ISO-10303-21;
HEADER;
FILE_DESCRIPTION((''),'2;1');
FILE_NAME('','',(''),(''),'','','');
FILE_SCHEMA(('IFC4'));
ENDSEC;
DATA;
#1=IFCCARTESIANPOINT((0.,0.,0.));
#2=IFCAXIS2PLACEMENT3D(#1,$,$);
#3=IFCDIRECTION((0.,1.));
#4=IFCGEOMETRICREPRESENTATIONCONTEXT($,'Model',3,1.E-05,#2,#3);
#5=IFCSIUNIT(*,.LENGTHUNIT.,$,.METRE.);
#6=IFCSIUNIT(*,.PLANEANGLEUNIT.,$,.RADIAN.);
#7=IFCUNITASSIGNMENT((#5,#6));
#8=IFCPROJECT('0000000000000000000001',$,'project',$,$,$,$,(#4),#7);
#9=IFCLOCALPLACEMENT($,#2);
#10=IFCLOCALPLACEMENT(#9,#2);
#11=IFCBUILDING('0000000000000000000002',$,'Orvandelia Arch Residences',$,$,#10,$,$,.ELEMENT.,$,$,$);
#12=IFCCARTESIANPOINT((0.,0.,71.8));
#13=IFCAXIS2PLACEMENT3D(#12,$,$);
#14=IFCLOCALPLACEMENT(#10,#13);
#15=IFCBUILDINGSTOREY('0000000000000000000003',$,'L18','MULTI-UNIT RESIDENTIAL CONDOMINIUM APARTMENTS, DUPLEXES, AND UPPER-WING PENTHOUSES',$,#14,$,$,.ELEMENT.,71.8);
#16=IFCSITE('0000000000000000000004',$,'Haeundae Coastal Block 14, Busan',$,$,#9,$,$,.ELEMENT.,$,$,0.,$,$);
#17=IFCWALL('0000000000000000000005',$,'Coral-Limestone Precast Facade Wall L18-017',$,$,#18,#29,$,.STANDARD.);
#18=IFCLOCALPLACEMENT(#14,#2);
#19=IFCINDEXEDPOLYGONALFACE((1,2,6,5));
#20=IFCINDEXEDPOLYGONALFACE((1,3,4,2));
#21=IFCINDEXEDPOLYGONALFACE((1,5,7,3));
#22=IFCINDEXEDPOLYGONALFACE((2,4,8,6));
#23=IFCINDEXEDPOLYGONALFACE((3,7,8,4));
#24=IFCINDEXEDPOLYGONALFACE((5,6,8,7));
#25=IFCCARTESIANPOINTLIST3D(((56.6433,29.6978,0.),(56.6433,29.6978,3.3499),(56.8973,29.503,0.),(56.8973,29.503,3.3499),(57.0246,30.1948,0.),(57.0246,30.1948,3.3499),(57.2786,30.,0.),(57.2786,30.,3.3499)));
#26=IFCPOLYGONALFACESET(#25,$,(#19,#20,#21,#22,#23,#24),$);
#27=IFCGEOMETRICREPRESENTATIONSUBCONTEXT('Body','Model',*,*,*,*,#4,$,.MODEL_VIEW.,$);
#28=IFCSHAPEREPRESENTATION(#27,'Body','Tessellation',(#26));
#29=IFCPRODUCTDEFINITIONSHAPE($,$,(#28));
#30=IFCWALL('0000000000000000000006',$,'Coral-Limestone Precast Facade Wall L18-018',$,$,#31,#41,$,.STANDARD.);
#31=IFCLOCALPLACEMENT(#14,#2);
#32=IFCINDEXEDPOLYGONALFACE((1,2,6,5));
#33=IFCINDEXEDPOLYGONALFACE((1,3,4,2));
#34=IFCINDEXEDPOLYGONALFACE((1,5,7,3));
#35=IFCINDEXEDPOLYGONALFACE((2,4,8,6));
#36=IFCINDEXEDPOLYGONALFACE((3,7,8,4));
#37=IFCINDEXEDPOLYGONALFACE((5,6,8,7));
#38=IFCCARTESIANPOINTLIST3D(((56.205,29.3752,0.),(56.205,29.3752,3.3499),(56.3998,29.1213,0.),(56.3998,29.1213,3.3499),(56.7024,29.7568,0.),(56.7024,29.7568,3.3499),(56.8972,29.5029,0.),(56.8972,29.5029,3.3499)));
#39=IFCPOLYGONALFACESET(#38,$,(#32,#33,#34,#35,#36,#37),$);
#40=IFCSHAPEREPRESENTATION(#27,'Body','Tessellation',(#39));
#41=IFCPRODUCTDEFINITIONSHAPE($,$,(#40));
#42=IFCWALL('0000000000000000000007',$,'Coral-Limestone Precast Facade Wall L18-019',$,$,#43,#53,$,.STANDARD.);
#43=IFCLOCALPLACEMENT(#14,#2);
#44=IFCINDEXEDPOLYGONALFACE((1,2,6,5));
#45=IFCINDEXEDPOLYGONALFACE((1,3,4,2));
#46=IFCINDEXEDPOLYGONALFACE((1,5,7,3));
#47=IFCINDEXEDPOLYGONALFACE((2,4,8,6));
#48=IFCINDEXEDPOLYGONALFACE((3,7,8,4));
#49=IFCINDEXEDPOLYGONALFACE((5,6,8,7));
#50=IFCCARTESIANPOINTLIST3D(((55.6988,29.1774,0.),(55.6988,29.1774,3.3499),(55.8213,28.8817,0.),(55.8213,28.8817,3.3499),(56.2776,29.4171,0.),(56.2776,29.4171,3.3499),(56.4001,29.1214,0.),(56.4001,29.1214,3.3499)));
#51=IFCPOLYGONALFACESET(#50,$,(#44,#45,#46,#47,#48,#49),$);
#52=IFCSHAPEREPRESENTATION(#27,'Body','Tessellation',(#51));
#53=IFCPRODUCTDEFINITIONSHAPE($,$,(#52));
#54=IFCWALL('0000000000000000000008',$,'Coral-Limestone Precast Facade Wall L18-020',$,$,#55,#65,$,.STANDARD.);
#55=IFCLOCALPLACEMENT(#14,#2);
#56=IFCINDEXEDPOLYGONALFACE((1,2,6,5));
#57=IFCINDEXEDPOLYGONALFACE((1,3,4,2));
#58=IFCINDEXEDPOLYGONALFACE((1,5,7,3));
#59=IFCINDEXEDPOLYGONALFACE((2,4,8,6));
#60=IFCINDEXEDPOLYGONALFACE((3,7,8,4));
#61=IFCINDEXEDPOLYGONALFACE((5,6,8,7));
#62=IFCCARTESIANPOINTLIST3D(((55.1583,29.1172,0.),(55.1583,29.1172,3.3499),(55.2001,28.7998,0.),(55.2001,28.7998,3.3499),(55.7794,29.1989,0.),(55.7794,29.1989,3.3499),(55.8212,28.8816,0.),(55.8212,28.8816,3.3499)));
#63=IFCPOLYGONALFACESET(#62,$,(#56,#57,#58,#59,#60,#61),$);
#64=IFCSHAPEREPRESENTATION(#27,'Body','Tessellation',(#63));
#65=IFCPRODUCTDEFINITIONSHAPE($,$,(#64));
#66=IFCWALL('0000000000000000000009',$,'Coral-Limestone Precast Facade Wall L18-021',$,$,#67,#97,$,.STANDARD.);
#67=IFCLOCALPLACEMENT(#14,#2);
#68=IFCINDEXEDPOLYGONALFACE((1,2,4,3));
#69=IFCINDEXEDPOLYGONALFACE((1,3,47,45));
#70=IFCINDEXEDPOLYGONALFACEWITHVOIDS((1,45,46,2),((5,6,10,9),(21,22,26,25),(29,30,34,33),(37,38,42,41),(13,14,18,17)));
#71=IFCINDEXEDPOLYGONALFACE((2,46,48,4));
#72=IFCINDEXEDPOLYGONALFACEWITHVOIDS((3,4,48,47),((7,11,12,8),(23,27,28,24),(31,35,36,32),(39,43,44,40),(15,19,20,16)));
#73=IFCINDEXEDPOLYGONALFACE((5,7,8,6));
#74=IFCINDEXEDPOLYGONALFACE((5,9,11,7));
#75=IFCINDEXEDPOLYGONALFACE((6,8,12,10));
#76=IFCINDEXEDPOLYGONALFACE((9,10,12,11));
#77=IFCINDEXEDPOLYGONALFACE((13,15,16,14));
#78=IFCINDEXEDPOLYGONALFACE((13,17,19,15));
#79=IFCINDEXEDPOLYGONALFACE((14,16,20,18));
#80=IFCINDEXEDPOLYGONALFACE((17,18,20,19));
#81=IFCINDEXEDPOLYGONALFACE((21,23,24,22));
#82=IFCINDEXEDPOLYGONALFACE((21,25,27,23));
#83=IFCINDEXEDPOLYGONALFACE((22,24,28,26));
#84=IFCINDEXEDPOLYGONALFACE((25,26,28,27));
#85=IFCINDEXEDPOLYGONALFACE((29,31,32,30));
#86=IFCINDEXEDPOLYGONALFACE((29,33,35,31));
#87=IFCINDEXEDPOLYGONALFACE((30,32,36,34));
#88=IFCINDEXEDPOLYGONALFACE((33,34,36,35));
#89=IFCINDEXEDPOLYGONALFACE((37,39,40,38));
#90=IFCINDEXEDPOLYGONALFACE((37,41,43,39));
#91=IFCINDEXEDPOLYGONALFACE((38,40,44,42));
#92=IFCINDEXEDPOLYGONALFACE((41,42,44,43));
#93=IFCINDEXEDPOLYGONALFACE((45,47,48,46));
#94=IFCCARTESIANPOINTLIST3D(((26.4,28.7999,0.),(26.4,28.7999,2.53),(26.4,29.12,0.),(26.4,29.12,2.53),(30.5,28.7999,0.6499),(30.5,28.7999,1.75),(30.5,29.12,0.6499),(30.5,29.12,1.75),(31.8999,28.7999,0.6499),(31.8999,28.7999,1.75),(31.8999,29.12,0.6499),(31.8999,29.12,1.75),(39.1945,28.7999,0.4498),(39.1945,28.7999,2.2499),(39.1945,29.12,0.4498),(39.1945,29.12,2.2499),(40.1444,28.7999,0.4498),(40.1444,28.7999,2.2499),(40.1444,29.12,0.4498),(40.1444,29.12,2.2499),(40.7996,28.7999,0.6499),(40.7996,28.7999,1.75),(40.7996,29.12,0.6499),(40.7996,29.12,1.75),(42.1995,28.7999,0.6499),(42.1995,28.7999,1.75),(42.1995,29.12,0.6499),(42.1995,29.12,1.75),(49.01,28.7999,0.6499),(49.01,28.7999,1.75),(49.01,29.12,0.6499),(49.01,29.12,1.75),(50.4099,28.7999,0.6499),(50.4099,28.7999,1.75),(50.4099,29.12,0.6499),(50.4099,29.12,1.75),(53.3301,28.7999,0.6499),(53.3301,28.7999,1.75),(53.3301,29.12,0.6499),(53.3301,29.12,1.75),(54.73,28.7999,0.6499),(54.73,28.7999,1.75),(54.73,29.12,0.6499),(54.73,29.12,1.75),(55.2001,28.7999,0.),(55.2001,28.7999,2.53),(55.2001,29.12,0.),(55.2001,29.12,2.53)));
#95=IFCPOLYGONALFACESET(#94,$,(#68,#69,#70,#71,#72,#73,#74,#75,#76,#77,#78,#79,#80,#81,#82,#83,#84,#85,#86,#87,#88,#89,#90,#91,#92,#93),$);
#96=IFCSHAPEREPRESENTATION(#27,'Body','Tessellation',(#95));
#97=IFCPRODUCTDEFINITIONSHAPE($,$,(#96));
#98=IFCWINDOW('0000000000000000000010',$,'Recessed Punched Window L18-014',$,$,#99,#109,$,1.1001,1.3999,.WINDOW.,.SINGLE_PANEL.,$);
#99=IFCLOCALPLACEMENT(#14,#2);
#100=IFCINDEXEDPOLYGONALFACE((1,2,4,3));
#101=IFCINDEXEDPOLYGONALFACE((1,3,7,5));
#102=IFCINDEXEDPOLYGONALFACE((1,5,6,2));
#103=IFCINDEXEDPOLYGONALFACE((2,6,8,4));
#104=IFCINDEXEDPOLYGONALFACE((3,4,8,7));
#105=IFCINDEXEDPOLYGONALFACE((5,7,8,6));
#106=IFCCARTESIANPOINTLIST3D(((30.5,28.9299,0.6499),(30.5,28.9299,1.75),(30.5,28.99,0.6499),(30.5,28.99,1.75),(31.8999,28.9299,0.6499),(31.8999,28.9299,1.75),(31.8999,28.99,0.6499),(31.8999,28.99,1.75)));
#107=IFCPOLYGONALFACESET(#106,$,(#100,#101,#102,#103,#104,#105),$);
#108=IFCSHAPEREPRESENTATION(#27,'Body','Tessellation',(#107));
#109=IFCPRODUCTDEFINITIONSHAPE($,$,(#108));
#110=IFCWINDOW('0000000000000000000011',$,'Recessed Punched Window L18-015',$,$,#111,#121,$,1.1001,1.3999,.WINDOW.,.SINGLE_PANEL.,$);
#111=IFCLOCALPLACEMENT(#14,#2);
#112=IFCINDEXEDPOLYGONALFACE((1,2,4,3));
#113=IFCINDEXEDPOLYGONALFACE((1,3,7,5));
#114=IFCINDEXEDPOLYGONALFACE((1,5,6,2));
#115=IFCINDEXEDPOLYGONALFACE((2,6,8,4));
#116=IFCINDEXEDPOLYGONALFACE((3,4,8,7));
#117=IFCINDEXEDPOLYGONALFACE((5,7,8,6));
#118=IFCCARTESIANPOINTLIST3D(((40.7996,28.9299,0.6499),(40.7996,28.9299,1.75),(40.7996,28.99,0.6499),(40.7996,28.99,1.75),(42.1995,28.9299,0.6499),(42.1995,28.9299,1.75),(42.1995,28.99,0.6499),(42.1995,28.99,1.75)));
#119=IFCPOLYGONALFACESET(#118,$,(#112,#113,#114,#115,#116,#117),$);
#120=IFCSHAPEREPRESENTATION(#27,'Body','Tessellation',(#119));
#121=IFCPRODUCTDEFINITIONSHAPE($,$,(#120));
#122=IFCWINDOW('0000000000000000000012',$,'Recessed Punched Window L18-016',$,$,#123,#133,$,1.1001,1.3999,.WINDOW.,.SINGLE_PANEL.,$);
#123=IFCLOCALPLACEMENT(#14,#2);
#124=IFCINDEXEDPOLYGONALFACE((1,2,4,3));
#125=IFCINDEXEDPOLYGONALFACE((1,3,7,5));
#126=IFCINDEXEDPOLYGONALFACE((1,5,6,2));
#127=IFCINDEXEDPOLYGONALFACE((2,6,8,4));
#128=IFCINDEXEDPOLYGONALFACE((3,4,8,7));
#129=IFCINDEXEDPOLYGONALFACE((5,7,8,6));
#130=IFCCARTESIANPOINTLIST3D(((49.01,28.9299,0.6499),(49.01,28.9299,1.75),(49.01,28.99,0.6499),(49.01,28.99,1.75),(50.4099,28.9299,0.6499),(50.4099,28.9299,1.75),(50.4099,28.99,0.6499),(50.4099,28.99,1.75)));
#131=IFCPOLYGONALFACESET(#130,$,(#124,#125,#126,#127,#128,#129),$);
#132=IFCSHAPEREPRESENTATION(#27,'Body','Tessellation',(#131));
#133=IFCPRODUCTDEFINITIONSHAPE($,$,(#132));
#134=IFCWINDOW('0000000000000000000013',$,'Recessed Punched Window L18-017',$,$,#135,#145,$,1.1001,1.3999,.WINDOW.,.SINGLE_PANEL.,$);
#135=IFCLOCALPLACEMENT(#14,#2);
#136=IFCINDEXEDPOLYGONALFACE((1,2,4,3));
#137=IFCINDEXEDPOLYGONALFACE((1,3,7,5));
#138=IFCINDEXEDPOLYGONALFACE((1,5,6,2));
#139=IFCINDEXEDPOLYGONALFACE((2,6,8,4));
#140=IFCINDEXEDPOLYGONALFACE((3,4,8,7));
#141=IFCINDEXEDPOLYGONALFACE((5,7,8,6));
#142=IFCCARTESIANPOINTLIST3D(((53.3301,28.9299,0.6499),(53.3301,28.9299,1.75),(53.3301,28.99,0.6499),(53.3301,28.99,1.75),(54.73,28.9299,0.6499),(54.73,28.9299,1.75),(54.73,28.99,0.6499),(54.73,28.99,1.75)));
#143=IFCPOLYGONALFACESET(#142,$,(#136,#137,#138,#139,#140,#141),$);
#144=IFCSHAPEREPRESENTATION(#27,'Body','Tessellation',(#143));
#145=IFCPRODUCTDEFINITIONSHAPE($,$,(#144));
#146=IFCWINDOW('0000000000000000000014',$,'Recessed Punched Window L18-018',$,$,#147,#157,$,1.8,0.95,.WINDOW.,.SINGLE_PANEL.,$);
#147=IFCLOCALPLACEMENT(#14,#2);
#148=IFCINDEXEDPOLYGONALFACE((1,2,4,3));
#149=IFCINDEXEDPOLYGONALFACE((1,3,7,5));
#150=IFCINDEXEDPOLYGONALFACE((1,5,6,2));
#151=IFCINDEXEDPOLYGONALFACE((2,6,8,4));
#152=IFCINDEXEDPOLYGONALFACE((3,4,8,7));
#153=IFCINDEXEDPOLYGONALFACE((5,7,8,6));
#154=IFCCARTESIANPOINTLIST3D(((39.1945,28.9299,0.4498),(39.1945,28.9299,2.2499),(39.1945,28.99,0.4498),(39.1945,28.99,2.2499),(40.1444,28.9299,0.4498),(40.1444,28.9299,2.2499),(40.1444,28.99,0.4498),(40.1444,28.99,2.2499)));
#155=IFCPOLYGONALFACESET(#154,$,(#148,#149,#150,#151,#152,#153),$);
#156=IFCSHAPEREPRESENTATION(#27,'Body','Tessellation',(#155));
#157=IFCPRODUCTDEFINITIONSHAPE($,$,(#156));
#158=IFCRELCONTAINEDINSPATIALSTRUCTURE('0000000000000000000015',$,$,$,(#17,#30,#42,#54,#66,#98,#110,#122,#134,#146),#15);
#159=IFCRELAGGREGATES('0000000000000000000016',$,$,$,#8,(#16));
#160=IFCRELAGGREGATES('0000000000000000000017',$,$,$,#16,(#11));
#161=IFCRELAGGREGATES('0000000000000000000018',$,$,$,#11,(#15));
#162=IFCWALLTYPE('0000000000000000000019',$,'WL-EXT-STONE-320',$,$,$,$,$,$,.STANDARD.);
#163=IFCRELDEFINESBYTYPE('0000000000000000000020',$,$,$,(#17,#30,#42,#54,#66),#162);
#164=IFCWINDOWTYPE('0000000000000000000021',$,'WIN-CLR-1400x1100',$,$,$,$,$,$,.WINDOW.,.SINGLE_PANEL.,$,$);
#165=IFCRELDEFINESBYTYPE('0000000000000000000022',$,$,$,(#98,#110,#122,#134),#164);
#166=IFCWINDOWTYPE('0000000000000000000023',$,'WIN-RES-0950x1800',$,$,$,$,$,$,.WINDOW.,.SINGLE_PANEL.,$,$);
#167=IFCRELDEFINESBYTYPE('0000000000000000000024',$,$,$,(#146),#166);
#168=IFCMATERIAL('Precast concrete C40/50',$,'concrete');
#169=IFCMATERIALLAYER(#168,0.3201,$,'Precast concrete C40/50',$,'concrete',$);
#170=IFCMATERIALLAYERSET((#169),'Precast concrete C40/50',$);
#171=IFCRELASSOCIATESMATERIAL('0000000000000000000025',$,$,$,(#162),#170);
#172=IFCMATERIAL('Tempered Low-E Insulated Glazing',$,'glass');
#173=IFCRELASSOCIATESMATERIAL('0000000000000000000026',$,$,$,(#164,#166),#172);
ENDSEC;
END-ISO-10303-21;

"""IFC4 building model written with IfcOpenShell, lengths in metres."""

from ifc_helpers import new_model, si_unit, direction, frame, frame_2d, origin, place, context, subcontext, project, spatial, rectangle, extrude, material, layer, layer_set, type_object, element, fill, save


model = new_model("IFC4")

# Units and contexts
model_context = context("Model", 3, precision=1e-05, world=origin(), true_north=direction((0.0, 1.0)))
body_context = subcontext(model_context, "Body", "Model", "MODEL_VIEW")
ifc_project = project(units=[si_unit("LENGTHUNIT", "METRE"), si_unit("PLANEANGLEUNIT", "RADIAN")], contexts=[model_context])

# Site, building, storey
site_placement = place(None, origin())
site = spatial("IfcSite", under=ifc_project, at=site_placement, Name="Haeundae Coastal Block 14, Busan", CompositionType="ELEMENT", RefElevation=0.0)
building_placement = place(site_placement, origin())
building = spatial("IfcBuilding", under=site, at=building_placement, Name="Orvandelia Arch Residences", CompositionType="ELEMENT")
storey_placement = place(building_placement, frame((0.0, 0.0, 71.8)))
storey = spatial("IfcBuildingStorey", under=building, at=storey_placement, Name="L18", Description="MULTI-UNIT RESIDENTIAL CONDOMINIUM APARTMENTS, DUPLEXES, AND UPPER-WING PENTHOUSES", CompositionType="ELEMENT", Elevation=71.8)

# Walls
ifc_material_1 = material(Name="Precast concrete C40/50", Category="concrete")
ifc_layer_1 = layer(ifc_material_1, 0.3201, Name="Precast concrete C40/50", Category="concrete")
ifc_layer_set_1 = layer_set([ifc_layer_1], Name="Precast concrete C40/50")
wall_type_1 = type_object("IfcWallType", Name="WL-EXT-STONE-320", PredefinedType="STANDARD", material=ifc_layer_set_1)
wall_1_placement = place(storey_placement, frame((57.1516, 30.0974, 0.0), z_axis=(0.0, 0.0, 1.0), x_axis=(-0.608693, -0.793406, 0.0)))
element("IfcWall", 1, at=wall_1_placement, inside=storey, type_object=wall_type_1, Name="Coral-Limestone Precast Facade Wall L18-017", PredefinedType="STANDARD", context=body_context, shape_type="SweptSolid", body=[
    extrude(rectangle(XDim=0.6265, YDim=0.3201, at=frame_2d((0.3132, 0.0))), origin(), (0.0, 0.0, 1.0), 3.3499),
])
wall_2_placement = place(storey_placement, frame((56.7998, 29.6299, 0.0), z_axis=(0.0, 0.0, 1.0), x_axis=(-0.793362, -0.60875, 0.0)))
element("IfcWall", 2, at=wall_2_placement, inside=storey, type_object=wall_type_1, Name="Coral-Limestone Precast Facade Wall L18-018", PredefinedType="STANDARD", context=body_context, shape_type="SweptSolid", body=[
    extrude(rectangle(XDim=0.627, YDim=0.3201, at=frame_2d((0.3135, 0.0))), origin(), (0.0, 0.0, 1.0), 3.3499),
])
for number, where, z_axis, x_axis, name in (
    (3, (56.3389, 29.2693, 0.0), (0.0, 0.0, 1.0), (-0.923893, -0.38265, 0.0), "Coral-Limestone Precast Facade Wall L18-019"),
    (4, (55.8003, 29.0403, 0.0), (0.0, 0.0, 1.0), (-0.991441, -0.130555, 0.0), "Coral-Limestone Precast Facade Wall L18-020"),
):
    element("IfcWall", number, at=place(storey_placement, frame(where, z_axis=z_axis, x_axis=x_axis)), inside=storey, type_object=wall_type_1, Name=name, PredefinedType="STANDARD", context=body_context, shape_type="SweptSolid", body=[
        extrude(rectangle(XDim=0.6265, YDim=0.3201, at=frame_2d((0.3132, 0.0))), origin(), (0.0, 0.0, 1.0), 3.3499),
    ])

# Wall, openings, windows
wall_3_placement = place(storey_placement, frame((55.2, 28.96, 0.0), z_axis=(0.0, 0.0, 1.0), x_axis=(-1.0, 0.0, 0.0)))
wall_3 = element("IfcWall", 5, at=wall_3_placement, inside=storey, type_object=wall_type_1, Name="Coral-Limestone Precast Facade Wall L18-021", PredefinedType="STANDARD", context=body_context, shape_type="SweptSolid", body=[
    extrude(rectangle(XDim=28.8, YDim=0.3201, at=frame_2d((14.3999, 0.0))), origin(), (0.0, 0.0, 1.0), 2.53),
])
opening_1_placement = place(wall_3_placement, frame((23.3, 0.0, 0.6499)))
opening_1 = element("IfcOpeningElement", 6, at=opening_1_placement, cuts=wall_3, PredefinedType="OPENING", context=body_context, shape_type="SweptSolid", body=[
    extrude(rectangle(XDim=1.3999, YDim=1.1001, at=frame_2d((0.7, 0.55))), frame((0.0, 0.1699, 0.0), z_axis=(0.0, -1.0, 0.0), x_axis=(1.0, 0.0, 0.0)), (0.0, 0.0, 1.0), 0.3401),
])
opening_2_placement = place(wall_3_placement, frame((13.0005, 0.0, 0.6499)))
opening_2 = element("IfcOpeningElement", 7, at=opening_2_placement, cuts=wall_3, PredefinedType="OPENING", context=body_context, shape_type="SweptSolid", body=[
    extrude(rectangle(XDim=1.3999, YDim=1.1001, at=frame_2d((0.7, 0.55))), frame((0.0, 0.1699, 0.0), z_axis=(0.0, -1.0, 0.0), x_axis=(1.0, 0.0, 0.0)), (0.0, 0.0, 1.0), 0.3401),
])
opening_3_placement = place(wall_3_placement, frame((4.79, 0.0, 0.6499)))
opening_3 = element("IfcOpeningElement", 8, at=opening_3_placement, cuts=wall_3, PredefinedType="OPENING", context=body_context, shape_type="SweptSolid", body=[
    extrude(rectangle(XDim=1.3999, YDim=1.1001, at=frame_2d((0.7, 0.55))), frame((0.0, 0.1699, 0.0), z_axis=(0.0, -1.0, 0.0), x_axis=(1.0, 0.0, 0.0)), (0.0, 0.0, 1.0), 0.3401),
])
opening_4_placement = place(wall_3_placement, frame((0.47, 0.0, 0.6499)))
opening_4 = element("IfcOpeningElement", 9, at=opening_4_placement, cuts=wall_3, PredefinedType="OPENING", context=body_context, shape_type="SweptSolid", body=[
    extrude(rectangle(XDim=1.3999, YDim=1.1001, at=frame_2d((0.7, 0.55))), frame((0.0, 0.1699, 0.0), z_axis=(0.0, -1.0, 0.0), x_axis=(1.0, 0.0, 0.0)), (0.0, 0.0, 1.0), 0.3401),
])
opening_5_placement = place(wall_3_placement, frame((15.0554, 0.0, 0.45)))
opening_5 = element("IfcOpeningElement", 10, at=opening_5_placement, cuts=wall_3, PredefinedType="OPENING", context=body_context, shape_type="SweptSolid", body=[
    extrude(rectangle(XDim=0.95, YDim=1.8, at=frame_2d((0.4751, 0.8999))), frame((0.0, 0.1699, 0.0), z_axis=(0.0, -1.0, 0.0), x_axis=(1.0, 0.0, 0.0)), (0.0, 0.0, 1.0), 0.3401),
])
ifc_material_2 = material(Name="Tempered Low-E Insulated Glazing", Category="glass")
window_type_1 = type_object("IfcWindowType", Name="WIN-CLR-1400x1100", PartitioningType="SINGLE_PANEL", PredefinedType="WINDOW", material=ifc_material_2)
window_1_placement = place(opening_1_placement, origin())
window_1 = element("IfcWindow", 11, at=window_1_placement, inside=storey, type_object=window_type_1, Name="Recessed Punched Window L18-014", OverallHeight=1.1001, OverallWidth=1.3999, PartitioningType="SINGLE_PANEL", PredefinedType="WINDOW", context=body_context, shape_type="SweptSolid", body=[
    extrude(rectangle(XDim=1.3999, YDim=1.1001, at=frame_2d((0.7, 0.55))), frame((0.0, 0.03, 0.0), z_axis=(0.0, -1.0, 0.0), x_axis=(1.0, 0.0, 0.0)), (0.0, 0.0, 1.0), 0.0601),
])
fill(opening_1, window_1)
window_2_placement = place(opening_2_placement, origin())
window_2 = element("IfcWindow", 12, at=window_2_placement, inside=storey, type_object=window_type_1, Name="Recessed Punched Window L18-015", OverallHeight=1.1001, OverallWidth=1.3999, PartitioningType="SINGLE_PANEL", PredefinedType="WINDOW", context=body_context, shape_type="SweptSolid", body=[
    extrude(rectangle(XDim=1.3999, YDim=1.1001, at=frame_2d((0.7, 0.55))), frame((0.0, 0.03, 0.0), z_axis=(0.0, -1.0, 0.0), x_axis=(1.0, 0.0, 0.0)), (0.0, 0.0, 1.0), 0.0601),
])
fill(opening_2, window_2)
window_3_placement = place(opening_3_placement, origin())
window_3 = element("IfcWindow", 13, at=window_3_placement, inside=storey, type_object=window_type_1, Name="Recessed Punched Window L18-016", OverallHeight=1.1001, OverallWidth=1.3999, PartitioningType="SINGLE_PANEL", PredefinedType="WINDOW", context=body_context, shape_type="SweptSolid", body=[
    extrude(rectangle(XDim=1.3999, YDim=1.1001, at=frame_2d((0.7, 0.55))), frame((0.0, 0.03, 0.0), z_axis=(0.0, -1.0, 0.0), x_axis=(1.0, 0.0, 0.0)), (0.0, 0.0, 1.0), 0.0601),
])
fill(opening_3, window_3)
window_4_placement = place(opening_4_placement, origin())
window_4 = element("IfcWindow", 14, at=window_4_placement, inside=storey, type_object=window_type_1, Name="Recessed Punched Window L18-017", OverallHeight=1.1001, OverallWidth=1.3999, PartitioningType="SINGLE_PANEL", PredefinedType="WINDOW", context=body_context, shape_type="SweptSolid", body=[
    extrude(rectangle(XDim=1.3999, YDim=1.1001, at=frame_2d((0.7, 0.55))), frame((0.0, 0.03, 0.0), z_axis=(0.0, -1.0, 0.0), x_axis=(1.0, 0.0, 0.0)), (0.0, 0.0, 1.0), 0.0601),
])
fill(opening_4, window_4)
window_type_2 = type_object("IfcWindowType", Name="WIN-RES-0950x1800", PartitioningType="SINGLE_PANEL", PredefinedType="WINDOW", material=ifc_material_2)
window_5_placement = place(opening_5_placement, origin())
window_5 = element("IfcWindow", 15, at=window_5_placement, inside=storey, type_object=window_type_2, Name="Recessed Punched Window L18-018", OverallHeight=1.8, OverallWidth=0.95, PartitioningType="SINGLE_PANEL", PredefinedType="WINDOW", context=body_context, shape_type="SweptSolid", body=[
    extrude(rectangle(XDim=0.95, YDim=1.8, at=frame_2d((0.4751, 0.8999))), frame((0.0, 0.03, 0.0), z_axis=(0.0, -1.0, 0.0), x_axis=(1.0, 0.0, 0.0)), (0.0, 0.0, 1.0), 0.0601),
])
fill(opening_5, window_5)

save(model, "model.ifc")
